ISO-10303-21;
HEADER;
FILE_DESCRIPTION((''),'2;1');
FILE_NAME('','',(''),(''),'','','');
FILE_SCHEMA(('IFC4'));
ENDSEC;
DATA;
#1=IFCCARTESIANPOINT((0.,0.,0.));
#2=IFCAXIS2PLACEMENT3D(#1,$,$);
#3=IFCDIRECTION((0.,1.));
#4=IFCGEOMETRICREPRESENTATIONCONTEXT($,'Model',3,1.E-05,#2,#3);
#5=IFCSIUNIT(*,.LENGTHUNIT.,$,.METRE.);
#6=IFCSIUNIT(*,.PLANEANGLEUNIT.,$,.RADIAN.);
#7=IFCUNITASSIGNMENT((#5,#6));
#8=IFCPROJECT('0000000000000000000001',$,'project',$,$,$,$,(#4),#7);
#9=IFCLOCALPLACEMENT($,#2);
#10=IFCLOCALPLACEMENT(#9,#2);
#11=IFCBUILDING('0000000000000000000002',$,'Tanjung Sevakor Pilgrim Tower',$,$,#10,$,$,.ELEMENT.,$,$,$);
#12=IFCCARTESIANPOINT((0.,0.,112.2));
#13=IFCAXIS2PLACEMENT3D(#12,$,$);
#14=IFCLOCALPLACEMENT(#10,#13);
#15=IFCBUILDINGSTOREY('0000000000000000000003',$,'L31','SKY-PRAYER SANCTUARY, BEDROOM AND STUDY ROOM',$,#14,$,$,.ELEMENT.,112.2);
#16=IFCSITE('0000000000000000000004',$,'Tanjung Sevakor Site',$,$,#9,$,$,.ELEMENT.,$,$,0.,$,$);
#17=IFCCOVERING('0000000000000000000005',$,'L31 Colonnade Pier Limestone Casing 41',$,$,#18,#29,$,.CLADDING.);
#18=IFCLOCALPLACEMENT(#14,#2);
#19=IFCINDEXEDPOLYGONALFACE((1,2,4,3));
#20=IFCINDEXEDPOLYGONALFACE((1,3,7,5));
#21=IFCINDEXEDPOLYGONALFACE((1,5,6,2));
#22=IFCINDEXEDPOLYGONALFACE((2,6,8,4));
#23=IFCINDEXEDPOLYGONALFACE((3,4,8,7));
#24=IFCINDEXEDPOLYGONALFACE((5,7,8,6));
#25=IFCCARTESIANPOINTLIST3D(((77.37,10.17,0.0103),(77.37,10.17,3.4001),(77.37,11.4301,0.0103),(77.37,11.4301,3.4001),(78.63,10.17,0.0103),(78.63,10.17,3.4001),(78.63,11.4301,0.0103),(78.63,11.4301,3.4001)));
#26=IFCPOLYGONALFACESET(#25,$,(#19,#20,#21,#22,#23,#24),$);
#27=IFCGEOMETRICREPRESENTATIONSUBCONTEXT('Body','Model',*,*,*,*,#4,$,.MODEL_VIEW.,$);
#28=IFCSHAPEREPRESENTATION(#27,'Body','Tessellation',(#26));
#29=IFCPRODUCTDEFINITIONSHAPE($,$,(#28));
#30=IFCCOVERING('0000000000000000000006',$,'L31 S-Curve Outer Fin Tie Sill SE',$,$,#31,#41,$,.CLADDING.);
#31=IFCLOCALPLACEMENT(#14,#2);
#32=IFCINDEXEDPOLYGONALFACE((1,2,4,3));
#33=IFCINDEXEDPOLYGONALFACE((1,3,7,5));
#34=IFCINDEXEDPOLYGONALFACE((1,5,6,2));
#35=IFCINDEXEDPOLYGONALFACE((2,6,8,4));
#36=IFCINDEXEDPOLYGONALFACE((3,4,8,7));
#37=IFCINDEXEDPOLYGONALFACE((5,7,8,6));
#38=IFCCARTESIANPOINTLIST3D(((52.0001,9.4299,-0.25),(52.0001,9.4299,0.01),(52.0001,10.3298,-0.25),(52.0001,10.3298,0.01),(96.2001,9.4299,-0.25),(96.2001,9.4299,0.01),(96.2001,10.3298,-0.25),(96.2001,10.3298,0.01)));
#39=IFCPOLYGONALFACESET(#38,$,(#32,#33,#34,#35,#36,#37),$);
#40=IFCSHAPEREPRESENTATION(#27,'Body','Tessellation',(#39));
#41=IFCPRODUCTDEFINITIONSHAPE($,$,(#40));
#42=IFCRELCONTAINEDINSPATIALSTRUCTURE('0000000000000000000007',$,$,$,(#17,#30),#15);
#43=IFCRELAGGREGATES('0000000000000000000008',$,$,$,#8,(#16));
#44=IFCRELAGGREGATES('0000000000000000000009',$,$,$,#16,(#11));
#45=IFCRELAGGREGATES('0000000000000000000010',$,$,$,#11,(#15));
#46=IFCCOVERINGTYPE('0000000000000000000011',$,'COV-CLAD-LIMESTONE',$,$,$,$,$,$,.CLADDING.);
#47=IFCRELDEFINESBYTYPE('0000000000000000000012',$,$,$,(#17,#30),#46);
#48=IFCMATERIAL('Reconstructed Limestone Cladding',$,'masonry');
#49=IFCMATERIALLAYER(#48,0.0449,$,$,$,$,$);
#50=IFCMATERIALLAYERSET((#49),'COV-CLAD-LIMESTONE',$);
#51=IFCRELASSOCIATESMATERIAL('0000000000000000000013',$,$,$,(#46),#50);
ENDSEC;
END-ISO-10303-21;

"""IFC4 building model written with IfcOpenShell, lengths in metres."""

from ifc_helpers import new_model, si_unit, direction, frame, origin, origin_2d, place, context, subcontext, project, spatial, rectangle, extrude, material, layer, layer_set, type_object, element, save


model = new_model("IFC4")

# Units and contexts
model_context = context("Model", 3, precision=1e-05, world=origin(), true_north=direction((0.0, 1.0)))
body_context = subcontext(model_context, "Body", "Model", "MODEL_VIEW")
ifc_project = project(units=[si_unit("LENGTHUNIT", "METRE"), si_unit("PLANEANGLEUNIT", "RADIAN")], contexts=[model_context])

# Site, building, storey
site_placement = place(None, origin())
site = spatial("IfcSite", under=ifc_project, at=site_placement, Name="Tanjung Sevakor Site", CompositionType="ELEMENT", RefElevation=0.0)
building_placement = place(site_placement, origin())
building = spatial("IfcBuilding", under=site, at=building_placement, Name="Tanjung Sevakor Pilgrim Tower", CompositionType="ELEMENT")
storey_placement = place(building_placement, frame((0.0, 0.0, 112.2)))
storey = spatial("IfcBuildingStorey", under=building, at=storey_placement, Name="L31", Description="SKY-PRAYER SANCTUARY, BEDROOM AND STUDY ROOM", CompositionType="ELEMENT", Elevation=112.2)

# Coverings
ifc_material_1 = material(Name="Reconstructed Limestone Cladding", Category="masonry")
ifc_layer_1 = layer(ifc_material_1, 0.0449)
ifc_layer_set_1 = layer_set([ifc_layer_1], Name="COV-CLAD-LIMESTONE")
covering_type = type_object("IfcCoveringType", Name="COV-CLAD-LIMESTONE", PredefinedType="CLADDING", material=ifc_layer_set_1)
for number, where, z_axis, x_axis, name in (
    (1, (78.0, 10.8, 0.0103), (0.0, 0.0, 1.0), (1.0, 0.0, 0.0), "L31 Colonnade Pier Limestone Casing 41"),
):
    element("IfcCovering", number, at=place(storey_placement, frame(where, z_axis=z_axis, x_axis=x_axis)), inside=storey, type_object=covering_type, Name=name, PredefinedType="CLADDING", context=body_context, shape_type="SweptSolid", body=[
        extrude(rectangle(XDim=1.26, YDim=1.26, at=origin_2d()), origin(), (0.0, 0.0, 1.0), 3.3899),
    ])
covering_placement = place(storey_placement, frame((74.1001, 9.8799, -0.25), z_axis=(0.0, 0.0, 1.0), x_axis=(1.0, 0.0, 0.0)))
element("IfcCovering", 2, at=covering_placement, inside=storey, type_object=covering_type, Name="L31 S-Curve Outer Fin Tie Sill SE", PredefinedType="CLADDING", context=body_context, shape_type="SweptSolid", body=[
    extrude(rectangle(XDim=44.2, YDim=0.8999, at=origin_2d()), origin(), (0.0, 0.0, 1.0), 0.26),
])

save(model, "model.ifc")
